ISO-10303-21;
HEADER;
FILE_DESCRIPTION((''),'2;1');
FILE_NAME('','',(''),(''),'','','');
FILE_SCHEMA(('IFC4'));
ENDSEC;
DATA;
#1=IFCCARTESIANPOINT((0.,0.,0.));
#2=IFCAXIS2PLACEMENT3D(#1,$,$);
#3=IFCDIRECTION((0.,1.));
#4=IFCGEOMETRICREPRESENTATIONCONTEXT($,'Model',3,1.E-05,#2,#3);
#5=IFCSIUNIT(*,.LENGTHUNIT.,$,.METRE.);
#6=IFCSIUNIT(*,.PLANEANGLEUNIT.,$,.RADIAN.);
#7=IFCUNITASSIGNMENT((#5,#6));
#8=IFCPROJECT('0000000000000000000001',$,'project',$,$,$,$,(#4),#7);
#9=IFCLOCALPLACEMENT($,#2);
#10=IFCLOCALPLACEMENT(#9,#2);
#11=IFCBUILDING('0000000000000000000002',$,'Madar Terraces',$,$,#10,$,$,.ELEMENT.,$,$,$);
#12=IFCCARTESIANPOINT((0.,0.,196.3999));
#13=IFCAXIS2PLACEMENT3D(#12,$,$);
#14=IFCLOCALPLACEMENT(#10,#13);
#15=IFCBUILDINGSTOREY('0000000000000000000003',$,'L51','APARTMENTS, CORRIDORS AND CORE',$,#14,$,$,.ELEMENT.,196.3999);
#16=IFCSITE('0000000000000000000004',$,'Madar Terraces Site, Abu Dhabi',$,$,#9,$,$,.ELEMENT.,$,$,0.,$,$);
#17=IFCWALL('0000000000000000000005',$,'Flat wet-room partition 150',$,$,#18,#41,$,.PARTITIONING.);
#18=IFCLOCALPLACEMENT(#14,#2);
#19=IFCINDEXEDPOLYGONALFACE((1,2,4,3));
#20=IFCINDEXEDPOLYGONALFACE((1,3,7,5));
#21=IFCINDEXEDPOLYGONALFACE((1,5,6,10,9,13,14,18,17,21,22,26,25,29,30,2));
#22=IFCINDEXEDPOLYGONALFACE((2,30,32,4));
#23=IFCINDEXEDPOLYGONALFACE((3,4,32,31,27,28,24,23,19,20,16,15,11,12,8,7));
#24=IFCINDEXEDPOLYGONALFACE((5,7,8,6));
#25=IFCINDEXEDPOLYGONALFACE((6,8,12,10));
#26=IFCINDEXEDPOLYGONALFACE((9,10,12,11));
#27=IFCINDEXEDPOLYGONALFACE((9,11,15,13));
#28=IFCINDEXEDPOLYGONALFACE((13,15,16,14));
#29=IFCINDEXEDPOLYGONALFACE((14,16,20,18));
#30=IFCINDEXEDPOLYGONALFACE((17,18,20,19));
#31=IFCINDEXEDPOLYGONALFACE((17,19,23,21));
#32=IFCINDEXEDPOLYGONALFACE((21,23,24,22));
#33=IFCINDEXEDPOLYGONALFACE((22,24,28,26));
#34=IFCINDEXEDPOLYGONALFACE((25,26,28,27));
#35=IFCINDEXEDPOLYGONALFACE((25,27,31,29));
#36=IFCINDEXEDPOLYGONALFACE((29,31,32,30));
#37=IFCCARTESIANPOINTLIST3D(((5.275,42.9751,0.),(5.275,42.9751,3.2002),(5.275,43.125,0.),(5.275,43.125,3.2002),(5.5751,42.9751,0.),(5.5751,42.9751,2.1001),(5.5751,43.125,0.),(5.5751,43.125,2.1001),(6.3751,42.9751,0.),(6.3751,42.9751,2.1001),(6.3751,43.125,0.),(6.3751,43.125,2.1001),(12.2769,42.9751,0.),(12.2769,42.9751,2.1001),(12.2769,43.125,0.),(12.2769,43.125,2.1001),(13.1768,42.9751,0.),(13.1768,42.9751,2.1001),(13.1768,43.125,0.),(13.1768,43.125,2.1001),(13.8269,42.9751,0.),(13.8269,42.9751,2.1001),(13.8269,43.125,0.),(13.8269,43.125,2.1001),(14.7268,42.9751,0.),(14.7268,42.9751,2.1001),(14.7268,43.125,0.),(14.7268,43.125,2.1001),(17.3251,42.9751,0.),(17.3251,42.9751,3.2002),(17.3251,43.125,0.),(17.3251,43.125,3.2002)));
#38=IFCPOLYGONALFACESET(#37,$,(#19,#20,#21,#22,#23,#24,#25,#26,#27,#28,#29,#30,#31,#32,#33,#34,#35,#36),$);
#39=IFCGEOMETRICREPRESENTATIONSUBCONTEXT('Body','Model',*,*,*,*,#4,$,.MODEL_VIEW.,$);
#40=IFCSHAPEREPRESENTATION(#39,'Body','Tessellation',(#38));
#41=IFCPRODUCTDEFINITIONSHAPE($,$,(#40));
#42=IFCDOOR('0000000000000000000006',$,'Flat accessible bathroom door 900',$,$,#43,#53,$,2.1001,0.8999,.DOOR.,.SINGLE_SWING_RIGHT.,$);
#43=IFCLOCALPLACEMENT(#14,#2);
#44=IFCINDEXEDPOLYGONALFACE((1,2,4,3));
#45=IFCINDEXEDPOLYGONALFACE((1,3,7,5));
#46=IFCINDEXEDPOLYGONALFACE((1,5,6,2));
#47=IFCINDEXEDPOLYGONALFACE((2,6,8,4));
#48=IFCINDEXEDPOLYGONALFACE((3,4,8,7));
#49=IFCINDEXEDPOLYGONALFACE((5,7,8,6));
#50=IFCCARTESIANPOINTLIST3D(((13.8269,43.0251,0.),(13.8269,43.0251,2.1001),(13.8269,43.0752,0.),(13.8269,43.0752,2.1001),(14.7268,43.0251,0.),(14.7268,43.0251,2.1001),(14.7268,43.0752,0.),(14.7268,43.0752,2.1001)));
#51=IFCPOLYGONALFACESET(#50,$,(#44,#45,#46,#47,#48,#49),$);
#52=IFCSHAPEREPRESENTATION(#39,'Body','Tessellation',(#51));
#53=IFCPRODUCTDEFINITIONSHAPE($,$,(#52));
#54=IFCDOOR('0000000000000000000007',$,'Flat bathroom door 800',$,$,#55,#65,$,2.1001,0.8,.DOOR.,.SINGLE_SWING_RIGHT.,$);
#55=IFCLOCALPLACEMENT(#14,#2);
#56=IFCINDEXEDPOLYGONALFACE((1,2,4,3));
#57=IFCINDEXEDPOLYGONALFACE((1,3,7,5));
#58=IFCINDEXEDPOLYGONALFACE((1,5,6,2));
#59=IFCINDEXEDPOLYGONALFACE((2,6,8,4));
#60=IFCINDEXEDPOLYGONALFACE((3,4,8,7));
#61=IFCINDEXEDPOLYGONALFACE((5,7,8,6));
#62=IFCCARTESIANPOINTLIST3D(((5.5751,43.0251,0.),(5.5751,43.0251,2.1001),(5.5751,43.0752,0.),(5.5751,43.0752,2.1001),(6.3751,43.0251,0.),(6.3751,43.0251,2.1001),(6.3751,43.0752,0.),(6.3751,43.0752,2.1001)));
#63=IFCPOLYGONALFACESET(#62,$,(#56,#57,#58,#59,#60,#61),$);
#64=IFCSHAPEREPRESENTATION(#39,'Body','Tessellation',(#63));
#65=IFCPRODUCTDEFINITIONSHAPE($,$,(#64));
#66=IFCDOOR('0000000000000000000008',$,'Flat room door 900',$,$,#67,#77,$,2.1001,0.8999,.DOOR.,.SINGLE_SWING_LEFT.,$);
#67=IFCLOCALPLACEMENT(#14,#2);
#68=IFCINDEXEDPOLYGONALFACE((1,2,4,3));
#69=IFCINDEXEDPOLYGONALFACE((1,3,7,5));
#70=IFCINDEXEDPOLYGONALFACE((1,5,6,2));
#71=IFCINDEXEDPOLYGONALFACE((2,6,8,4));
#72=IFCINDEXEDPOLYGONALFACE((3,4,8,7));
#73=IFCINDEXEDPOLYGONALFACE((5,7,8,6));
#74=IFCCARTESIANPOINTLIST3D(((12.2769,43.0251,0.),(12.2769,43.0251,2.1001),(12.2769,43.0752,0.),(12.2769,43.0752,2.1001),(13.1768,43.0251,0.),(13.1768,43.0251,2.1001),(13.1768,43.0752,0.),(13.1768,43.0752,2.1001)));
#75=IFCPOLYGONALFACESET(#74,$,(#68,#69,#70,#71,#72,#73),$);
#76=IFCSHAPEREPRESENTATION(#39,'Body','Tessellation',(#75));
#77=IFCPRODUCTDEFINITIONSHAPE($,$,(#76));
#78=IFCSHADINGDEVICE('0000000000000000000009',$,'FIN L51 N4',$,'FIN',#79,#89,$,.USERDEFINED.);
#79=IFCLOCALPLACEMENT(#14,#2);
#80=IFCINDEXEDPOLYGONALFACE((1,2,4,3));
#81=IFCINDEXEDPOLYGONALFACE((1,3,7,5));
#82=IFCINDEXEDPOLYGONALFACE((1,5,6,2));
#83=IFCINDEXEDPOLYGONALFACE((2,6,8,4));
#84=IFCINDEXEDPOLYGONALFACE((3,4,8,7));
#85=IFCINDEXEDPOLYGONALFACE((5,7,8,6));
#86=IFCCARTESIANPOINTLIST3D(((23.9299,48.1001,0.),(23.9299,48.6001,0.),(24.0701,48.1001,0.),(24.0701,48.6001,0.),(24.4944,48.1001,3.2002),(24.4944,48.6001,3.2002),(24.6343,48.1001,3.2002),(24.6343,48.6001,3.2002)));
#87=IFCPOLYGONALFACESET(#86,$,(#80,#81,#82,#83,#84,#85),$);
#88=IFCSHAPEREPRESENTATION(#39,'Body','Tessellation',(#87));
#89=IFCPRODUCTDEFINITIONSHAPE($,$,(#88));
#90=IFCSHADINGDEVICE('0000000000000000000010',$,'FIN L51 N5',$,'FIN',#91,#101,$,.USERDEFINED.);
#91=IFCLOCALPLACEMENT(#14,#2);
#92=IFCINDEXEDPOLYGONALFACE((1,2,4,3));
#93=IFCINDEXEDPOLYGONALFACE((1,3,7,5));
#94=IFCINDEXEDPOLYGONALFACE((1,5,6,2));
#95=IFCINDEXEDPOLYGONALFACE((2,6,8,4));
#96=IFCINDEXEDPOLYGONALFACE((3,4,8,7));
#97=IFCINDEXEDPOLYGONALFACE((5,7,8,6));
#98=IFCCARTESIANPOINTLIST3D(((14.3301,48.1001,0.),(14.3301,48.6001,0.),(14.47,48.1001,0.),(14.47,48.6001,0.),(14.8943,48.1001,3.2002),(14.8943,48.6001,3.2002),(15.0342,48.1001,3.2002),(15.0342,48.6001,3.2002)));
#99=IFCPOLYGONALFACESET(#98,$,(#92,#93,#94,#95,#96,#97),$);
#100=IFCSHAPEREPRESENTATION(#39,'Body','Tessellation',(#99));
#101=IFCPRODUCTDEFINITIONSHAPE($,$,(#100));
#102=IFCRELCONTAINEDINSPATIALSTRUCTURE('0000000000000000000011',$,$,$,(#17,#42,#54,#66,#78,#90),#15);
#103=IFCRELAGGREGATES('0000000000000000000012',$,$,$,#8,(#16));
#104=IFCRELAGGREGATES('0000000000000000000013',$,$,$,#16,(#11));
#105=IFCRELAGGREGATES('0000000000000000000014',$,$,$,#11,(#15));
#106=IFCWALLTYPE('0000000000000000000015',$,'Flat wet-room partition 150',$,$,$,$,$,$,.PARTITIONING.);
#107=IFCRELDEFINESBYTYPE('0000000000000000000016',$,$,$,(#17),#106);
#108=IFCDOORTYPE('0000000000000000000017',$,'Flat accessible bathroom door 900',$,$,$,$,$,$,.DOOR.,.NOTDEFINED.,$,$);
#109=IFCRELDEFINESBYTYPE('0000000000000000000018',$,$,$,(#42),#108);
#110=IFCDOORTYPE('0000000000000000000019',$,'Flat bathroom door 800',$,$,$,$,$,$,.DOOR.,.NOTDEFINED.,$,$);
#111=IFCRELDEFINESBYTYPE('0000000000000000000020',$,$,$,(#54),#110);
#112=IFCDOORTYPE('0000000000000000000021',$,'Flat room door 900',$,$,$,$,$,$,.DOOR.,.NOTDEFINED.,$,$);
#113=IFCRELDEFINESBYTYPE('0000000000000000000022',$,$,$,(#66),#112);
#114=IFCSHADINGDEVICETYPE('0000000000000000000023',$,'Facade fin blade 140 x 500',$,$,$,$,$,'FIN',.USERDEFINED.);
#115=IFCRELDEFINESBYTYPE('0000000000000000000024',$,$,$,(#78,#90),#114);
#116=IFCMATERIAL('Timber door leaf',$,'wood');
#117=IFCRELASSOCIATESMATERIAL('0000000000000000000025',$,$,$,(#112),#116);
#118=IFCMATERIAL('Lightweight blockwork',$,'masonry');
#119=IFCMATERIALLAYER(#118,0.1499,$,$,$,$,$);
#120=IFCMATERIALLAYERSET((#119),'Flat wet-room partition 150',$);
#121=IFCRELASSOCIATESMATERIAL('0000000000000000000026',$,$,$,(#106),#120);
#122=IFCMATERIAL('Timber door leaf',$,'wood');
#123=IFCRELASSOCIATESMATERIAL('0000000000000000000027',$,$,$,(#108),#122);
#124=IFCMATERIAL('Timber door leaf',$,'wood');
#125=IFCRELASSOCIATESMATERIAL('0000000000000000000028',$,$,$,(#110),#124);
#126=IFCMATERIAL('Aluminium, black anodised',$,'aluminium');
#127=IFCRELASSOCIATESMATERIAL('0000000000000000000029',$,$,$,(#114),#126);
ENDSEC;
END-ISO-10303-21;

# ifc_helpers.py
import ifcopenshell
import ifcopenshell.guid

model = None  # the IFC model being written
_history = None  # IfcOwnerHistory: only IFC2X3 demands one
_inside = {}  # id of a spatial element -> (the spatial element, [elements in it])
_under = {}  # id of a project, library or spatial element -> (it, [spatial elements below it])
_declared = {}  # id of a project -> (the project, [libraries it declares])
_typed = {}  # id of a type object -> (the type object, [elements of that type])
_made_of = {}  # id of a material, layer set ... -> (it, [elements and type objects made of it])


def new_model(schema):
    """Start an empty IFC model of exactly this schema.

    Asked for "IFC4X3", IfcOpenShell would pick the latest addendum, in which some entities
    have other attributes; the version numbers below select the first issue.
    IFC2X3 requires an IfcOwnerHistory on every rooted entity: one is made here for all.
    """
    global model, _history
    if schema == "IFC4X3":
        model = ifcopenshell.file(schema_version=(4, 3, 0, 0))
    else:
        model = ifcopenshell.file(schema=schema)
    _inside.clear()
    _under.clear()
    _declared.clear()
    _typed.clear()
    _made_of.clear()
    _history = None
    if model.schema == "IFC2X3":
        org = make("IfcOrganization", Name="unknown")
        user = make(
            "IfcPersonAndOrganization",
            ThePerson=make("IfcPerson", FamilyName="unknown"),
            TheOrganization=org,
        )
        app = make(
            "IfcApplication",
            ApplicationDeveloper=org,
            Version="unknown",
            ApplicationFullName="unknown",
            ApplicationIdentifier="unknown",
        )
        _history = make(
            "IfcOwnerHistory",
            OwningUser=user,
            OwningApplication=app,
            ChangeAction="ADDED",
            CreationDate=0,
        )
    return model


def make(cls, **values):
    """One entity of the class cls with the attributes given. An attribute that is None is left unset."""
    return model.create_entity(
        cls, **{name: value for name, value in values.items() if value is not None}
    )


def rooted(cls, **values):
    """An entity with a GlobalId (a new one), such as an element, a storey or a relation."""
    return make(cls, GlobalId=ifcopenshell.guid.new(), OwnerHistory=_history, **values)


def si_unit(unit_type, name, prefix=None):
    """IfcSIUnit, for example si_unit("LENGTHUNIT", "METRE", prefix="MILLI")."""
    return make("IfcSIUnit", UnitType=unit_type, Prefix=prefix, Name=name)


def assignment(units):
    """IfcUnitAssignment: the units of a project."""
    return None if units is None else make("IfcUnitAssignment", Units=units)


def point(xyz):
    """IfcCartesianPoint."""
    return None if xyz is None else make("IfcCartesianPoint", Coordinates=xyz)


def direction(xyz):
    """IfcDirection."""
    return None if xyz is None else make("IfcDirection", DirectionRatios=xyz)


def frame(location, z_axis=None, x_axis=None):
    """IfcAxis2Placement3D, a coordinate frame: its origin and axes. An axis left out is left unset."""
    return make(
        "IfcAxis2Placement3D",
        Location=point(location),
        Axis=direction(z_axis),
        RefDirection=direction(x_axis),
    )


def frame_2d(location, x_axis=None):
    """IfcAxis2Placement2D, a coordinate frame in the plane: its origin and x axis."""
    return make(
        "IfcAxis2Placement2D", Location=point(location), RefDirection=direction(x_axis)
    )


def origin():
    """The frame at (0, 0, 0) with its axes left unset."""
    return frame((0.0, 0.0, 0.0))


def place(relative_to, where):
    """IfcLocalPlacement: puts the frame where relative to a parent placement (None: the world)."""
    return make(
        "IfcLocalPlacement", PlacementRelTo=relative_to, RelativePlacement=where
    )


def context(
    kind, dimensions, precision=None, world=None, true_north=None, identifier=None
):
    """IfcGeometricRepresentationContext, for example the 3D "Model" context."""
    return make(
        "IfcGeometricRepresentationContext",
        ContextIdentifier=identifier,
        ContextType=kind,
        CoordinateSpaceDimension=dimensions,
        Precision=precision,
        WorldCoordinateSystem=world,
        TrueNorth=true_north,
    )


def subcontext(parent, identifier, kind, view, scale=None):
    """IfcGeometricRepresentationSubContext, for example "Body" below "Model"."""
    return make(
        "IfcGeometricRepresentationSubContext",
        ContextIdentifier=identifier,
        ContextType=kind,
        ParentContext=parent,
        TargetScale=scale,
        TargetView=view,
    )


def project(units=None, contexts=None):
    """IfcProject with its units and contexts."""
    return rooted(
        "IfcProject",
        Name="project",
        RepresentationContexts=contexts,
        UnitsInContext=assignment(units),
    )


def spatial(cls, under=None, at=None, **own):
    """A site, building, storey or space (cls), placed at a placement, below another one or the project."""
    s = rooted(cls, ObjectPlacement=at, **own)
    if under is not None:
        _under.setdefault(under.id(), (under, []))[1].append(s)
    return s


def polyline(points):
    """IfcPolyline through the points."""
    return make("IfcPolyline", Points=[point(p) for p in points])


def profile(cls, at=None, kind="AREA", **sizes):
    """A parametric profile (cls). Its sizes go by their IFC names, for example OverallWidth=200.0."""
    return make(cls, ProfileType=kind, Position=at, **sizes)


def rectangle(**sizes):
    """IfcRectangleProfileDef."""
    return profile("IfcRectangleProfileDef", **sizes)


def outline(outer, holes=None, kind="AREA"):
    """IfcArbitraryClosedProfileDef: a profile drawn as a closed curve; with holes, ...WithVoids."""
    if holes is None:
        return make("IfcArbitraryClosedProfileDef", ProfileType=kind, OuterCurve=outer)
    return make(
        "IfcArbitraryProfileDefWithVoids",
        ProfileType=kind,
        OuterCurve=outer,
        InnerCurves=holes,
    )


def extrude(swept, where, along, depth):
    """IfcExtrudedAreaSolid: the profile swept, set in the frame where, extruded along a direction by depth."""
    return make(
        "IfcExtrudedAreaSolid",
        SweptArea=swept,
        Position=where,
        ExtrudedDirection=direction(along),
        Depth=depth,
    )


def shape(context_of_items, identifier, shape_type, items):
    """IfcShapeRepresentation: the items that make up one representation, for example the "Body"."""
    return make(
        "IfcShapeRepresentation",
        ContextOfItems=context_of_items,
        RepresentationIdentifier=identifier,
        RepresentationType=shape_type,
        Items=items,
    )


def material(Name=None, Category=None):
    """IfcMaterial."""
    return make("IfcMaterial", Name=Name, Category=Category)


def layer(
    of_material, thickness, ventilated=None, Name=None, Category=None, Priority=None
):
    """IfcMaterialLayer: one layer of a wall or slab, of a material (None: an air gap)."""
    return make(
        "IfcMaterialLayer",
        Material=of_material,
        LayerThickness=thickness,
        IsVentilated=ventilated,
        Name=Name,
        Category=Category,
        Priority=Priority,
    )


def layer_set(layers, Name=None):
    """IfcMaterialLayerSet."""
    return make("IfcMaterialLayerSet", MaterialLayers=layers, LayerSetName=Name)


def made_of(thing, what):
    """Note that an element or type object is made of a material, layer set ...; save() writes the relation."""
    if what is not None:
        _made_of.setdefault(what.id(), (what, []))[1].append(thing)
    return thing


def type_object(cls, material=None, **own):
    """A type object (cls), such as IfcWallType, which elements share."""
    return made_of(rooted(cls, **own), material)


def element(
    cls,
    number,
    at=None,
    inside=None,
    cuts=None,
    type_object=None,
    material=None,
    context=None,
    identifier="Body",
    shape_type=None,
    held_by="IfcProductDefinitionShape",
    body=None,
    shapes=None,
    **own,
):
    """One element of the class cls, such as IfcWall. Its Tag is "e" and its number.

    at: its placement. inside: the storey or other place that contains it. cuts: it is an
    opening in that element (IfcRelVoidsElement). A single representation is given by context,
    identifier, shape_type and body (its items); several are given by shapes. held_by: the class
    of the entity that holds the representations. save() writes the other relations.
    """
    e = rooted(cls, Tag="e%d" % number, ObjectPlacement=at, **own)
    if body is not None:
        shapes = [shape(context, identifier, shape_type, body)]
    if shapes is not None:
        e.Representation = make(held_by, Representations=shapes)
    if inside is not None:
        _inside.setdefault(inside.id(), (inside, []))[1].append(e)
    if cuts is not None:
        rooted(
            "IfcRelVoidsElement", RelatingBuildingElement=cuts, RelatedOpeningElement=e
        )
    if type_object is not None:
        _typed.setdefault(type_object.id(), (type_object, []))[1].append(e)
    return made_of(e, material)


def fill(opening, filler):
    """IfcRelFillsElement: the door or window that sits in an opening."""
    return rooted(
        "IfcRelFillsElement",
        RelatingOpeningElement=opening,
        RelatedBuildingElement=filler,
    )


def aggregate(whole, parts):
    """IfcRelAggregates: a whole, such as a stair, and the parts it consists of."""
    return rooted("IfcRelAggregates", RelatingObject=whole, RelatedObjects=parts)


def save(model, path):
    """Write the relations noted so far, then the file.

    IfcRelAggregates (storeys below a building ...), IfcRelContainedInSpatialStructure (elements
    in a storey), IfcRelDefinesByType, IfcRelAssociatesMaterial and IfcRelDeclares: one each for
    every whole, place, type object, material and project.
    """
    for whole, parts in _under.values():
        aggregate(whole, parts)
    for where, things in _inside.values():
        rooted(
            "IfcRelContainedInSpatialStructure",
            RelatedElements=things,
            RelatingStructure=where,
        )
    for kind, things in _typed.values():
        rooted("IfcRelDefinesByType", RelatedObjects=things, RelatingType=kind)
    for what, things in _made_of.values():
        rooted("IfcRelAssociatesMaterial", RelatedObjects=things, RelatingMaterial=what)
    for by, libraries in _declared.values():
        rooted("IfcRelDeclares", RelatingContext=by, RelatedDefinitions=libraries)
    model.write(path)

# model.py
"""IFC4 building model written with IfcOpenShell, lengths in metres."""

from ifc_helpers import new_model, si_unit, direction, frame, frame_2d, origin, place, context, subcontext, project, spatial, polyline, rectangle, outline, extrude, material, layer, layer_set, type_object, element, fill, save


model = new_model("IFC4")

# Units and contexts
model_context = context("Model", 3, precision=1e-05, world=origin(), true_north=direction((0.0, 1.0)))
body_context = subcontext(model_context, "Body", "Model", "MODEL_VIEW")
ifc_project = project(units=[si_unit("LENGTHUNIT", "METRE"), si_unit("PLANEANGLEUNIT", "RADIAN")], contexts=[model_context])

# Site, building, storey
site_placement = place(None, origin())
site = spatial("IfcSite", under=ifc_project, at=site_placement, Name="Madar Terraces Site, Abu Dhabi", CompositionType="ELEMENT", RefElevation=0.0)
building_placement = place(site_placement, origin())
building = spatial("IfcBuilding", under=site, at=building_placement, Name="Madar Terraces", CompositionType="ELEMENT")
storey_placement = place(building_placement, frame((0.0, 0.0, 196.3999)))
storey = spatial("IfcBuildingStorey", under=building, at=storey_placement, Name="L51", Description="APARTMENTS, CORRIDORS AND CORE", CompositionType="ELEMENT", Elevation=196.3999)

# Shared definitions
ifc_material_1 = material(Name="Timber door leaf", Category="wood")
door_type_1 = type_object("IfcDoorType", Name="Flat room door 900", OperationType="NOTDEFINED", PredefinedType="DOOR", material=ifc_material_1)

# Wall, openings, doors
ifc_material_2 = material(Name="Lightweight blockwork", Category="masonry")
ifc_layer_1 = layer(ifc_material_2, 0.1499)
ifc_layer_set_1 = layer_set([ifc_layer_1], Name="Flat wet-room partition 150")
wall_type_1 = type_object("IfcWallType", Name="Flat wet-room partition 150", PredefinedType="PARTITIONING", material=ifc_layer_set_1)
wall_1_placement = place(storey_placement, frame((17.325, 43.05, 0.0), z_axis=(0.0, 0.0, 1.0), x_axis=(-1.0, 0.0, 0.0)))
wall_1 = element("IfcWall", 1, at=wall_1_placement, inside=storey, type_object=wall_type_1, Name="Flat wet-room partition 150", PredefinedType="PARTITIONING", context=body_context, shape_type="SweptSolid", body=[
    extrude(rectangle(XDim=12.05, YDim=0.1499, at=frame_2d((6.0249, 0.0))), origin(), (0.0, 0.0, 1.0), 3.2002),
])
opening_1_placement = place(wall_1_placement, frame((2.5981, 0.0, 0.0)))
opening_1 = element("IfcOpeningElement", 2, at=opening_1_placement, cuts=wall_1, PredefinedType="OPENING", context=body_context, shape_type="SweptSolid", body=[
    extrude(rectangle(XDim=0.8999, YDim=2.1001, at=frame_2d((0.45, 1.05))), frame((0.0, 0.085, 0.0), z_axis=(0.0, -1.0, 0.0), x_axis=(1.0, 0.0, 0.0)), (0.0, 0.0, 1.0), 0.1699),
])
opening_2_placement = place(wall_1_placement, frame((4.1482, 0.0, 0.0)))
opening_2 = element("IfcOpeningElement", 3, at=opening_2_placement, cuts=wall_1, PredefinedType="OPENING", context=body_context, shape_type="SweptSolid", body=[
    extrude(rectangle(XDim=0.8999, YDim=2.1001, at=frame_2d((0.45, 1.05))), frame((0.0, 0.085, 0.0), z_axis=(0.0, -1.0, 0.0), x_axis=(1.0, 0.0, 0.0)), (0.0, 0.0, 1.0), 0.1699),
])
opening_3_placement = place(wall_1_placement, frame((10.95, 0.0, 0.0)))
opening_3 = element("IfcOpeningElement", 4, at=opening_3_placement, cuts=wall_1, PredefinedType="OPENING", context=body_context, shape_type="SweptSolid", body=[
    extrude(rectangle(XDim=0.8, YDim=2.1001, at=frame_2d((0.3999, 1.05))), frame((0.0, 0.085, 0.0), z_axis=(0.0, -1.0, 0.0), x_axis=(1.0, 0.0, 0.0)), (0.0, 0.0, 1.0), 0.1699),
])
ifc_material_3 = material(Name="Timber door leaf", Category="wood")
door_type_2 = type_object("IfcDoorType", Name="Flat accessible bathroom door 900", OperationType="NOTDEFINED", PredefinedType="DOOR", material=ifc_material_3)
door_1_placement = place(opening_1_placement, origin())
door_1 = element("IfcDoor", 5, at=door_1_placement, inside=storey, type_object=door_type_2, Name="Flat accessible bathroom door 900", OperationType="SINGLE_SWING_RIGHT", OverallHeight=2.1001, OverallWidth=0.8999, PredefinedType="DOOR", context=body_context, shape_type="SweptSolid", body=[
    extrude(rectangle(XDim=0.8999, YDim=2.1001, at=frame_2d((0.45, 1.05))), frame((0.0, 0.0249, 0.0), z_axis=(0.0, -1.0, 0.0), x_axis=(1.0, 0.0, 0.0)), (0.0, 0.0, 1.0), 0.05),
])
fill(opening_1, door_1)
ifc_material_4 = material(Name="Timber door leaf", Category="wood")
door_type_3 = type_object("IfcDoorType", Name="Flat bathroom door 800", OperationType="NOTDEFINED", PredefinedType="DOOR", material=ifc_material_4)
door_2_placement = place(opening_3_placement, origin())
door_2 = element("IfcDoor", 6, at=door_2_placement, inside=storey, type_object=door_type_3, Name="Flat bathroom door 800", OperationType="SINGLE_SWING_RIGHT", OverallHeight=2.1001, OverallWidth=0.8, PredefinedType="DOOR", context=body_context, shape_type="SweptSolid", body=[
    extrude(rectangle(XDim=0.8, YDim=2.1001, at=frame_2d((0.3999, 1.05))), frame((0.0, 0.0249, 0.0), z_axis=(0.0, -1.0, 0.0), x_axis=(1.0, 0.0, 0.0)), (0.0, 0.0, 1.0), 0.05),
])
fill(opening_3, door_2)
door_3_placement = place(opening_2_placement, origin())
door_3 = element("IfcDoor", 7, at=door_3_placement, inside=storey, type_object=door_type_1, Name="Flat room door 900", OperationType="SINGLE_SWING_LEFT", OverallHeight=2.1001, OverallWidth=0.8999, PredefinedType="DOOR", context=body_context, shape_type="SweptSolid", body=[
    extrude(rectangle(XDim=0.8999, YDim=2.1001, at=frame_2d((0.45, 1.05))), frame((0.0, 0.0249, 0.0), z_axis=(0.0, -1.0, 0.0), x_axis=(1.0, 0.0, 0.0)), (0.0, 0.0, 1.0), 0.05),
])
fill(opening_2, door_3)

# Shading devices
ifc_material_5 = material(Name="Aluminium, black anodised", Category="aluminium")
shading_device_type = type_object("IfcShadingDeviceType", Name="Facade fin blade 140 x 500", ElementType="FIN", PredefinedType="USERDEFINED", material=ifc_material_5)
shading_device_1_placement = place(storey_placement, frame((24.0701, 48.3501, 0.0), z_axis=(0.0, 0.0, 1.0), x_axis=(-1.0, 0.0, 0.0)))
element("IfcShadingDevice", 8, at=shading_device_1_placement, inside=storey, type_object=shading_device_type, Name="FIN L51 N4", ObjectType="FIN", PredefinedType="USERDEFINED", context=body_context, shape_type="SweptSolid", body=[
    extrude(outline(polyline([(0.0, 0.0), (0.1401, 0.0), (-0.4243, 3.2002), (-0.5642, 3.2002), (0.0, 0.0)])), frame((0.0, 0.25, 0.0), z_axis=(0.0, -1.0, 0.0), x_axis=(1.0, 0.0, 0.0)), (0.0, 0.0, 1.0), 0.5),
])
shading_device_2_placement = place(storey_placement, frame((14.47, 48.3501, 0.0), z_axis=(0.0, 0.0, 1.0), x_axis=(-1.0, 0.0, 0.0)))
element("IfcShadingDevice", 9, at=shading_device_2_placement, inside=storey, type_object=shading_device_type, Name="FIN L51 N5", ObjectType="FIN", PredefinedType="USERDEFINED", context=body_context, shape_type="SweptSolid", body=[
    extrude(outline(polyline([(0.0, 0.0), (0.1399, 0.0), (-0.4243, 3.2002), (-0.5642, 3.2002), (0.0, 0.0)])), frame((0.0, 0.25, 0.0), z_axis=(0.0, -1.0, 0.0), x_axis=(1.0, 0.0, 0.0)), (0.0, 0.0, 1.0), 0.5),
])

save(model, "model.ifc")
